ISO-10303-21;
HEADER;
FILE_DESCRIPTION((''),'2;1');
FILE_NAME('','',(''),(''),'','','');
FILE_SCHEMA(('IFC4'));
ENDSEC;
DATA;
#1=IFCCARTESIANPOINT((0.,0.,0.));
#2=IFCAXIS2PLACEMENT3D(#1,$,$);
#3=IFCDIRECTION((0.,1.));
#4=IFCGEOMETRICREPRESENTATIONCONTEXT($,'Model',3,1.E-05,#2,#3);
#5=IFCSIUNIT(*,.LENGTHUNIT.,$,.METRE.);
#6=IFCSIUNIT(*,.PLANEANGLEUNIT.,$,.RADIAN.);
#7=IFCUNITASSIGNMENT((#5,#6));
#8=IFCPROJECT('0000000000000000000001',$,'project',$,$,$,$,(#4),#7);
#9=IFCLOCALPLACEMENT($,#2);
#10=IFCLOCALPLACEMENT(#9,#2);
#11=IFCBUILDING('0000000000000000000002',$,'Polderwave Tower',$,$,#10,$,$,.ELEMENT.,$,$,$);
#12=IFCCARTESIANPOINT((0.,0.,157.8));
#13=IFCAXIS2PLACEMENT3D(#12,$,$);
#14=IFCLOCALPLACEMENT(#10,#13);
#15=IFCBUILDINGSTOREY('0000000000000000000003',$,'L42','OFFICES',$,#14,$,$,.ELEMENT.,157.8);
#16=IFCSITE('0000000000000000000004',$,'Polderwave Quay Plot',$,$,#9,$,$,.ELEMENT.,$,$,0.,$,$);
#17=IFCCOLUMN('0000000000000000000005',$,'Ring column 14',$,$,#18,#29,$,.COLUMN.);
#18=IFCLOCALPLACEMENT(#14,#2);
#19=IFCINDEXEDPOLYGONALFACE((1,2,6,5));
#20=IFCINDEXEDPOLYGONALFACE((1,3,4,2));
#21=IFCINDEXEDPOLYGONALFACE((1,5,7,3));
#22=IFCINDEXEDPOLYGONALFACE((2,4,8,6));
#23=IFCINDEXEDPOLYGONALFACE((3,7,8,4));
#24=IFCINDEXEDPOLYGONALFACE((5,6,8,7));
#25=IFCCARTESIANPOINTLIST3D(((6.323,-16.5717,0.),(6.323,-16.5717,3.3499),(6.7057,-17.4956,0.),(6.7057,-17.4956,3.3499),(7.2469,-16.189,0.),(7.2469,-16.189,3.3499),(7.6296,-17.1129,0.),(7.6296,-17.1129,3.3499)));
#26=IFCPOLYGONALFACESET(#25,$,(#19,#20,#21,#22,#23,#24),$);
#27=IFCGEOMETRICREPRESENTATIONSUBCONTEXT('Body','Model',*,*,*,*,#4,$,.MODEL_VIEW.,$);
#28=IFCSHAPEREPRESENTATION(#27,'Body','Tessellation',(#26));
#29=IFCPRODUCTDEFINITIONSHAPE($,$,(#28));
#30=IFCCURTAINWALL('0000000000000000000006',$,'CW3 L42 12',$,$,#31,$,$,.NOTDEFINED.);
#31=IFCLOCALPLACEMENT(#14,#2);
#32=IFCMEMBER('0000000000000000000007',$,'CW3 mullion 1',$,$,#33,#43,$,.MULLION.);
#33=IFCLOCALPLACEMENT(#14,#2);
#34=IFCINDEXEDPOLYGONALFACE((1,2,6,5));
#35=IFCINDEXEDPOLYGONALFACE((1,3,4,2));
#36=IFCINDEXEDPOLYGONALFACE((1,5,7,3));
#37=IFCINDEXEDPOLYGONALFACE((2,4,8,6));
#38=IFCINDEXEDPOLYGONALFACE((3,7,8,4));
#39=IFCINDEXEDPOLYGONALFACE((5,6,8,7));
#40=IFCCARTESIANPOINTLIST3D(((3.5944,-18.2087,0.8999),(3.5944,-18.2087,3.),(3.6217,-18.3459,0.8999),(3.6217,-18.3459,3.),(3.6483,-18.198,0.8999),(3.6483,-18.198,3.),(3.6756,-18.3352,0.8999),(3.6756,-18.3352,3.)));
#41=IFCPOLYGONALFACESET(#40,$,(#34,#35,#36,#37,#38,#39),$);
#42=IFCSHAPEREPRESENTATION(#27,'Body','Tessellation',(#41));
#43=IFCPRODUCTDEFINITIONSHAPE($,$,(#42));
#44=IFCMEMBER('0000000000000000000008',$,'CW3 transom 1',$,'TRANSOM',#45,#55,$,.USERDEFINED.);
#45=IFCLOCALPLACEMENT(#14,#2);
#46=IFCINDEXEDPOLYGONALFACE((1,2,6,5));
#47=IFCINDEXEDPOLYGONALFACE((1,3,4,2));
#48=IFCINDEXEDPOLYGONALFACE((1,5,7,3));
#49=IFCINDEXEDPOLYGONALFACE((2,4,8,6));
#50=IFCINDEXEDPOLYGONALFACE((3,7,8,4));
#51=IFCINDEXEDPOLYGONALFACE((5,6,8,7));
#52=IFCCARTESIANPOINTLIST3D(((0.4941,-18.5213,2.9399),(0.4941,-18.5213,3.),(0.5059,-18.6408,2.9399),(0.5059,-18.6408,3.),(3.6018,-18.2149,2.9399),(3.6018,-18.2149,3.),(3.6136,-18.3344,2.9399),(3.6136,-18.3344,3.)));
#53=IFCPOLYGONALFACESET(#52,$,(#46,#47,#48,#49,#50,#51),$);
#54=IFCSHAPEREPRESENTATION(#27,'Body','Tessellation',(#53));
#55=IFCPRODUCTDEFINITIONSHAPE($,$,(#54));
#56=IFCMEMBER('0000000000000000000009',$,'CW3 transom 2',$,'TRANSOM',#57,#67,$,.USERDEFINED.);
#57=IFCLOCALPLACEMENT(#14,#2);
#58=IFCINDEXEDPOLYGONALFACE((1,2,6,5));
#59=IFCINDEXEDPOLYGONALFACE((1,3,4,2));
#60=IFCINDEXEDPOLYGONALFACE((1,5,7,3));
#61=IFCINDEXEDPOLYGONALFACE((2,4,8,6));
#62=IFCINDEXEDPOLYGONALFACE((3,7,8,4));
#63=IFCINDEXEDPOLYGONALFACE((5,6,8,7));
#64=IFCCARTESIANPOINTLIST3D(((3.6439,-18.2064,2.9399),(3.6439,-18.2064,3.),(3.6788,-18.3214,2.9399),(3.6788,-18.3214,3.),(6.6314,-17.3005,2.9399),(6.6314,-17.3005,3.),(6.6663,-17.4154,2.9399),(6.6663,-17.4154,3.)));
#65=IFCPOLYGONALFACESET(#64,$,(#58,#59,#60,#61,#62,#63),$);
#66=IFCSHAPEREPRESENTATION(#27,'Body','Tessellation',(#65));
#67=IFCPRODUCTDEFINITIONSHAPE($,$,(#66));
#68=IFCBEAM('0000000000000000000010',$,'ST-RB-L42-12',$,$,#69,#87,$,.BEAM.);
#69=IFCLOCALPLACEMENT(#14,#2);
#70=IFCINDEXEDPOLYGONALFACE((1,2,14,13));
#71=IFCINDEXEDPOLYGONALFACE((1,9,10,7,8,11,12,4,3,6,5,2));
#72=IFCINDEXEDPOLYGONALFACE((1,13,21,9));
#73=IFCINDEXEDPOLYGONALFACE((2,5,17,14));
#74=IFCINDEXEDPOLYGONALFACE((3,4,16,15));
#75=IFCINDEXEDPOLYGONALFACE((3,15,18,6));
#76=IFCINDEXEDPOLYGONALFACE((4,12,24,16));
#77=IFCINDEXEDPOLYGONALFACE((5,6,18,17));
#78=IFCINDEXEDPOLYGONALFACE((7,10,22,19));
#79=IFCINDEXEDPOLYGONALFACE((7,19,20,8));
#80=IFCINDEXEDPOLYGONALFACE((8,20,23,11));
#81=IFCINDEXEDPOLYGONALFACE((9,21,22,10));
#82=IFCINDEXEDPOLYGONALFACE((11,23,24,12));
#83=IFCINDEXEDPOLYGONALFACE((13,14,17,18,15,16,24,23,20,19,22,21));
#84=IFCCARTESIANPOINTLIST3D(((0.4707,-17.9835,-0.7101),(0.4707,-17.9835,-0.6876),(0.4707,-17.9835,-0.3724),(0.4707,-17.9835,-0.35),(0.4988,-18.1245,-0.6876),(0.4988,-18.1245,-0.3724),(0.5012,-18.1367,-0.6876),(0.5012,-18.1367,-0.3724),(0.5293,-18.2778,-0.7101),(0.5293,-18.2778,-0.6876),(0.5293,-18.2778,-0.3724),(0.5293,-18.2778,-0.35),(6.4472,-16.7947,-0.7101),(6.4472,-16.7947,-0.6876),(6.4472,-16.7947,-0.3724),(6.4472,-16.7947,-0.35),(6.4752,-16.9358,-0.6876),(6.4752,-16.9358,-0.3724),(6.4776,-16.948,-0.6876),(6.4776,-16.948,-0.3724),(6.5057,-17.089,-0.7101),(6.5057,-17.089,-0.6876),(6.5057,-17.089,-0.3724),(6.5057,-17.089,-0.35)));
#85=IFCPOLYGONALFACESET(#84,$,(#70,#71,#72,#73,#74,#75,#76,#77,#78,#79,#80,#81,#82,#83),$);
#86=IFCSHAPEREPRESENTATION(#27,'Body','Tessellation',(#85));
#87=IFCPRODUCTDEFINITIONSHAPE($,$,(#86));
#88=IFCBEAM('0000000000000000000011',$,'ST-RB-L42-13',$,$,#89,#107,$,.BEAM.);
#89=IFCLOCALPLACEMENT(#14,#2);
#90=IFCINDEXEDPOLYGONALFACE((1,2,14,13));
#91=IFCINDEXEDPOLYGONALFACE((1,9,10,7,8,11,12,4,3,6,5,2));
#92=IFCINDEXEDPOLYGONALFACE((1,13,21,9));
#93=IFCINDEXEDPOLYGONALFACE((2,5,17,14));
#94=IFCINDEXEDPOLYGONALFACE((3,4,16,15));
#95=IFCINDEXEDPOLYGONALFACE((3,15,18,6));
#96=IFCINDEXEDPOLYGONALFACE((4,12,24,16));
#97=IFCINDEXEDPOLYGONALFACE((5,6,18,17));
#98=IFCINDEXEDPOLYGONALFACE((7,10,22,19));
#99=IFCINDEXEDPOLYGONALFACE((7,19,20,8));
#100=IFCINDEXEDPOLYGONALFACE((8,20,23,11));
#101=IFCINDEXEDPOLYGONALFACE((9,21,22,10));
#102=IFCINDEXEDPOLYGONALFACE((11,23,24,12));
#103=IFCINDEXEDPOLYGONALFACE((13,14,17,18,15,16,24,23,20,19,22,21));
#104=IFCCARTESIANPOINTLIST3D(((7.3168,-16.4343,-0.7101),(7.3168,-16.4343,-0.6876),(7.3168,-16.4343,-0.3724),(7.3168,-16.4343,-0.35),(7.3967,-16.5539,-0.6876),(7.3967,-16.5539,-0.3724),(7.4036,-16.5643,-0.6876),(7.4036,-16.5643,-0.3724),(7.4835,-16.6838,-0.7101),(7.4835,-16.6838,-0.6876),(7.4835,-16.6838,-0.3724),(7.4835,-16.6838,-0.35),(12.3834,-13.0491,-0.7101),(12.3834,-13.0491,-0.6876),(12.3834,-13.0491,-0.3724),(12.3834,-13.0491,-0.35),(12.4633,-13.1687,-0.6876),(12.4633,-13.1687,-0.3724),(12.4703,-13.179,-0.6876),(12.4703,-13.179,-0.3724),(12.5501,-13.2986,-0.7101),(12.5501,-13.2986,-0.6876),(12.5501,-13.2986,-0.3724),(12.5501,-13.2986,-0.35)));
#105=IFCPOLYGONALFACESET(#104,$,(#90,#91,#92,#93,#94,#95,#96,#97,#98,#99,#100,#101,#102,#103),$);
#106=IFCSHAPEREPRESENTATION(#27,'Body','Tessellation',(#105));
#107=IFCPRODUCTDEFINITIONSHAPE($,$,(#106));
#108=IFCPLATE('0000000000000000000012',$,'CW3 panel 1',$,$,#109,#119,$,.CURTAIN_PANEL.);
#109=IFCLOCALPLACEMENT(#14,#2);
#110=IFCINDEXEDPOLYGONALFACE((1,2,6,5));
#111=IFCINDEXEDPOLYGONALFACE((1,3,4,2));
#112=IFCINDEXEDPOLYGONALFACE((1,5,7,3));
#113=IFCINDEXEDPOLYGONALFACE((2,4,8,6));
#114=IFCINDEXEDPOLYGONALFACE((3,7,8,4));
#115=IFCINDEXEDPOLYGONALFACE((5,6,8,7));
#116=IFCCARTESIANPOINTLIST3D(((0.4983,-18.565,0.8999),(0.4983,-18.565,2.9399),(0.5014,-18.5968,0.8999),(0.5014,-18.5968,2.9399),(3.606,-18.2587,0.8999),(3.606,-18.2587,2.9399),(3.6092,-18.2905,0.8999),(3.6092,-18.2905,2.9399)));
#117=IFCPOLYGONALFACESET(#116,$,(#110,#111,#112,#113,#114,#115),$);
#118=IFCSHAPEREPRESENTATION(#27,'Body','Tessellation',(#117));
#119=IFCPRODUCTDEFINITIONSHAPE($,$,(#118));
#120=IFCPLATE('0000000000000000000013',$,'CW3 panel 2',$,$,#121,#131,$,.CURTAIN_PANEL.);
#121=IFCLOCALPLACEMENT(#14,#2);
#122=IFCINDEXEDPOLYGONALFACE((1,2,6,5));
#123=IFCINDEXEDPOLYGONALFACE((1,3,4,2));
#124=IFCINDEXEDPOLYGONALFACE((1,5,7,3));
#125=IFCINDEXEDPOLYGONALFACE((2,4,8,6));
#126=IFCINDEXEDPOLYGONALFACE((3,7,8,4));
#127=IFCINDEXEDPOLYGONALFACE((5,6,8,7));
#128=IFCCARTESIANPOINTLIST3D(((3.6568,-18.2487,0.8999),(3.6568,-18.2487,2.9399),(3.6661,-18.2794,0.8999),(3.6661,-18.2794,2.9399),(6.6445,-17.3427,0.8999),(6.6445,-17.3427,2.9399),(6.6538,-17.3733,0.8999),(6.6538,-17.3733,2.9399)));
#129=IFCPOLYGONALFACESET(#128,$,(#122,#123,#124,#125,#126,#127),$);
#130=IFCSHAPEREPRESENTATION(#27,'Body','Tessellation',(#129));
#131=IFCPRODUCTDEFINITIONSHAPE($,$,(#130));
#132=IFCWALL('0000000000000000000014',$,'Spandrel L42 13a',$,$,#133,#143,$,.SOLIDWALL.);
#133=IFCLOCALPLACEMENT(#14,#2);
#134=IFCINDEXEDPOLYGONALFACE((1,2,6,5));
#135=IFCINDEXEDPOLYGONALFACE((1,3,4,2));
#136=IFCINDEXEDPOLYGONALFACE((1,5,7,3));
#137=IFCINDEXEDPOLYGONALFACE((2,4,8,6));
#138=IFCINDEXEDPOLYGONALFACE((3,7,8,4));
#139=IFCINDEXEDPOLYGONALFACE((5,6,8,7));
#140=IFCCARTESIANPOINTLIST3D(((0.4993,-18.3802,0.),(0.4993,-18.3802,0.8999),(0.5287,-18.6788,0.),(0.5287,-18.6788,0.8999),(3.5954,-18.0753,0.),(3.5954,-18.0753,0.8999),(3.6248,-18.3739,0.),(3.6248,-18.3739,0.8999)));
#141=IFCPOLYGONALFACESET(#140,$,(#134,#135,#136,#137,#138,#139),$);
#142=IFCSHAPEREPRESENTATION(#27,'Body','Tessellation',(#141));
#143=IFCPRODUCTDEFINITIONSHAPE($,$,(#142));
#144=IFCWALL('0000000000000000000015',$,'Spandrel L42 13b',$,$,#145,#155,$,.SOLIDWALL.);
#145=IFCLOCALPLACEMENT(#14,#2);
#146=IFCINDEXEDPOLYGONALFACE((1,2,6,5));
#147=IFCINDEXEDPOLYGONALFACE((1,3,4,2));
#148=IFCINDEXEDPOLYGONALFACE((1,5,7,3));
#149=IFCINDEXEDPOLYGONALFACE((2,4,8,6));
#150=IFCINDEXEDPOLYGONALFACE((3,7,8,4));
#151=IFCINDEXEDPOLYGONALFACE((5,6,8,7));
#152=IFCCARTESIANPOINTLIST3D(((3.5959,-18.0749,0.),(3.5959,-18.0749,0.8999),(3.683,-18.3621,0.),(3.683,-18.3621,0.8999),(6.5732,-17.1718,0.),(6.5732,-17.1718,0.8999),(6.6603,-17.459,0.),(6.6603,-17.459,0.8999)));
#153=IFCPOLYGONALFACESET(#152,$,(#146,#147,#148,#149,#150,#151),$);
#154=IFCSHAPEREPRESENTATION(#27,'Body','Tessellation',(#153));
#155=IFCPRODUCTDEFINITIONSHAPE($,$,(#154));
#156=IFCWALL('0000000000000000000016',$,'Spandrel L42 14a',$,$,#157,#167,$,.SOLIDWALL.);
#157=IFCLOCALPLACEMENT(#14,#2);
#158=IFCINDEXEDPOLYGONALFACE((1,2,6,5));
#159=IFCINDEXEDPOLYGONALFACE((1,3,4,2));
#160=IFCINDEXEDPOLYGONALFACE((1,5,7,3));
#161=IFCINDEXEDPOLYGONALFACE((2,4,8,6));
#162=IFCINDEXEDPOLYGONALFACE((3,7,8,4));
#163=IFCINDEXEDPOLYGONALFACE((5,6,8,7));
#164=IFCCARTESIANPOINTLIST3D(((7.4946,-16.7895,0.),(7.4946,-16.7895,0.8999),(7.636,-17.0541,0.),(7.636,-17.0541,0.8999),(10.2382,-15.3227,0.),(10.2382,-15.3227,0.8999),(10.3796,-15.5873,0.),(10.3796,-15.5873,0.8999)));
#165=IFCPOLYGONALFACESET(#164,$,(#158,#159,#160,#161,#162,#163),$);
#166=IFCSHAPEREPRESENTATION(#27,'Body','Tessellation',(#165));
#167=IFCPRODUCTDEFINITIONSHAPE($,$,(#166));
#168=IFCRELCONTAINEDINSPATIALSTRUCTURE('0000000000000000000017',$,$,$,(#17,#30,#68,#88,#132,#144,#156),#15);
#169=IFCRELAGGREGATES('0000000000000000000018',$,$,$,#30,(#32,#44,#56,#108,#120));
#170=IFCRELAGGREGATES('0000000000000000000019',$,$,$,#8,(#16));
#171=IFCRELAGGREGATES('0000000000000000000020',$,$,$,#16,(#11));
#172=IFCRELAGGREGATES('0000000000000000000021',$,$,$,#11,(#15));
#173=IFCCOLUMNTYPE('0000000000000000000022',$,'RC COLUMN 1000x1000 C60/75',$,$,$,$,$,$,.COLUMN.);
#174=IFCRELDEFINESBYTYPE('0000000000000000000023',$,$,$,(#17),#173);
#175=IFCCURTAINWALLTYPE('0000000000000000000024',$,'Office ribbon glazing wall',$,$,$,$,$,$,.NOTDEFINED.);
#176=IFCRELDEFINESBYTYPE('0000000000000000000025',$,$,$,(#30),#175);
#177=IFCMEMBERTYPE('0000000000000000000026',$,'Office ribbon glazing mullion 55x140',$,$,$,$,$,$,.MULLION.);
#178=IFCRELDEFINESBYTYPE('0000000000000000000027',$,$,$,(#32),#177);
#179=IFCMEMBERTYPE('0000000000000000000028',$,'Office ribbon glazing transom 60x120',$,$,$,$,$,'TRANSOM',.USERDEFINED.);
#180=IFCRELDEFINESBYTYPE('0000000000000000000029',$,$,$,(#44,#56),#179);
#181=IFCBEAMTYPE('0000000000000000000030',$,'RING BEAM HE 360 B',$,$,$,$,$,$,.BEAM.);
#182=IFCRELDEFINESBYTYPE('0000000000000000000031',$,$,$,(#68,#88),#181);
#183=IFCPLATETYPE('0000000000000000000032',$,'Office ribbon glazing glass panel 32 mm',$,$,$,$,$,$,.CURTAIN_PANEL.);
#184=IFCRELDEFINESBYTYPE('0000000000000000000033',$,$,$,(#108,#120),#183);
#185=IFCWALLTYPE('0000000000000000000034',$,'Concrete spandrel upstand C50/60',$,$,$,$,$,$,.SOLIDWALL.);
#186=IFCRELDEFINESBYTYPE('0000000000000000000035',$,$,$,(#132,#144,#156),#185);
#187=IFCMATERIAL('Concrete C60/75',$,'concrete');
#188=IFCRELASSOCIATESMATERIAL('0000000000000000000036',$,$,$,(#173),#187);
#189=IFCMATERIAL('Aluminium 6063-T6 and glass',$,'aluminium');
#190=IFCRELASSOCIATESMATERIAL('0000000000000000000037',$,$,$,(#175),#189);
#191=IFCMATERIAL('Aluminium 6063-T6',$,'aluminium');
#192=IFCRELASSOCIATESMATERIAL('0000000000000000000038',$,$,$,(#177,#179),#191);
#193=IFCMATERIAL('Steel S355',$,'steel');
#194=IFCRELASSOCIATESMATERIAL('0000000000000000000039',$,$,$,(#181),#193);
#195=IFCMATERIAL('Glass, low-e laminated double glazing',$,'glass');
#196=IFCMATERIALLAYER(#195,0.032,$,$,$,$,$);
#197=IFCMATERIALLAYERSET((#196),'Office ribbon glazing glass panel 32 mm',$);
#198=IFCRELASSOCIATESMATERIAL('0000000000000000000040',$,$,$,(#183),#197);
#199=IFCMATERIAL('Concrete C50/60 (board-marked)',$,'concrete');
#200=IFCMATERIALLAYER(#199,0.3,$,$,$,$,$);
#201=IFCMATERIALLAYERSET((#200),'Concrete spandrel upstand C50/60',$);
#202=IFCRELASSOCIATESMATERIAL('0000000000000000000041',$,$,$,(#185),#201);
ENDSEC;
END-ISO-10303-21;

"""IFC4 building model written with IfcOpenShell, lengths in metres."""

from ifc_helpers import new_model, si_unit, direction, frame, frame_2d, origin, origin_2d, place, context, subcontext, project, spatial, rectangle, i_section, extrude, material, layer, layer_set, material_profile, profile_set, type_object, element, aggregate, save


model = new_model("IFC4")

# Units and contexts
model_context = context("Model", 3, precision=1e-05, world=origin(), true_north=direction((0.0, 1.0)))
body_context = subcontext(model_context, "Body", "Model", "MODEL_VIEW")
ifc_project = project(units=[si_unit("LENGTHUNIT", "METRE"), si_unit("PLANEANGLEUNIT", "RADIAN")], contexts=[model_context])

# Site, building, storey
site_placement = place(None, origin())
site = spatial("IfcSite", under=ifc_project, at=site_placement, Name="Polderwave Quay Plot", CompositionType="ELEMENT", RefElevation=0.0)
building_placement = place(site_placement, origin())
building = spatial("IfcBuilding", under=site, at=building_placement, Name="Polderwave Tower", CompositionType="ELEMENT")
storey_placement = place(building_placement, frame((0.0, 0.0, 157.8)))
storey = spatial("IfcBuildingStorey", under=building, at=storey_placement, Name="L42", Description="OFFICES", CompositionType="ELEMENT", Elevation=157.8)

# Column
ifc_material_1 = material(Name="Concrete C60/75", Category="concrete")
ifc_material_profile_1 = material_profile(ifc_material_1, rectangle(XDim=1.0, YDim=1.0, at=origin_2d()), Name="RC 1000x1000")
ifc_profile_set_1 = profile_set([ifc_material_profile_1], Name="Concrete C60/75")
column_type = type_object("IfcColumnType", Name="RC COLUMN 1000x1000 C60/75", PredefinedType="COLUMN", material=ifc_profile_set_1)
column_placement = place(storey_placement, frame((6.9763, -16.8423, 0.0), z_axis=(0.0, 0.0, 1.0), x_axis=(0.382683, -0.92388, 0.0)))
element("IfcColumn", 1, at=column_placement, inside=storey, type_object=column_type, Name="Ring column 14", PredefinedType="COLUMN", context=body_context, shape_type="SweptSolid", body=[
    extrude(rectangle(XDim=1.0, YDim=1.0, at=origin_2d()), origin(), (0.0, 0.0, 1.0), 3.3499),
])

# Curtain wall, members
ifc_material_2 = material(Name="Aluminium 6063-T6 and glass", Category="aluminium")
curtain_wall_type = type_object("IfcCurtainWallType", Name="Office ribbon glazing wall", PredefinedType="NOTDEFINED", material=ifc_material_2)
curtain_wall_placement = place(storey_placement, origin())
curtain_wall = element("IfcCurtainWall", 2, at=curtain_wall_placement, inside=storey, type_object=curtain_wall_type, Name="CW3 L42 12", PredefinedType="NOTDEFINED")
ifc_material_3 = material(Name="Aluminium 6063-T6", Category="aluminium")
ifc_material_profile_2 = material_profile(ifc_material_3, rectangle(XDim=0.1399, YDim=0.0549, at=origin_2d()), Name="AL 55x140")
ifc_profile_set_2 = profile_set([ifc_material_profile_2], Name="Aluminium 6063-T6")
member_type_1 = type_object("IfcMemberType", Name="Office ribbon glazing mullion 55x140", PredefinedType="MULLION", material=ifc_profile_set_2)
member_1_placement = place(storey_placement, frame((3.635, -18.272, 0.8999), z_axis=(0.0, 0.0, 1.0), x_axis=(-0.195083, 0.980787, 0.0)))
member_1 = element("IfcMember", 3, at=member_1_placement, type_object=member_type_1, Name="CW3 mullion 1", PredefinedType="MULLION", context=body_context, shape_type="SweptSolid", body=[
    extrude(rectangle(XDim=0.1399, YDim=0.0549, at=origin_2d()), origin(), (0.0, 0.0, 1.0), 2.1001),
])
ifc_material_profile_3 = material_profile(ifc_material_3, rectangle(XDim=0.1201, YDim=0.0601, at=origin_2d()), Name="AL 60x120")
ifc_profile_set_3 = profile_set([ifc_material_profile_3], Name="Aluminium 6063-T6")
member_type_2 = type_object("IfcMemberType", Name="Office ribbon glazing transom 60x120", ElementType="TRANSOM", PredefinedType="USERDEFINED", material=ifc_profile_set_3)
member_2_placement = place(storey_placement, frame((0.5, -18.5811, 2.97), z_axis=(0.995175, 0.098118, 0.0), x_axis=(-0.098118, 0.995175, 0.0)))
member_2 = element("IfcMember", 4, at=member_2_placement, type_object=member_type_2, Name="CW3 transom 1", ObjectType="TRANSOM", PredefinedType="USERDEFINED", context=body_context, shape_type="SweptSolid", body=[
    extrude(rectangle(XDim=0.1201, YDim=0.0601, at=origin_2d()), origin(), (0.0, 0.0, 1.0), 3.1228),
])
member_3_placement = place(storey_placement, frame((3.6614, -18.2639, 2.97), z_axis=(0.956963, 0.290209, 0.0), x_axis=(-0.290209, 0.956963, 0.0)))
member_3 = element("IfcMember", 5, at=member_3_placement, type_object=member_type_2, Name="CW3 transom 2", ObjectType="TRANSOM", PredefinedType="USERDEFINED", context=body_context, shape_type="SweptSolid", body=[
    extrude(rectangle(XDim=0.1201, YDim=0.0601, at=origin_2d()), origin(), (0.0, 0.0, 1.0), 3.1218),
])

# Beams
ifc_material_4 = material(Name="Steel S355", Category="steel")
ifc_material_profile_4 = material_profile(ifc_material_4, i_section(OverallWidth=0.3, OverallDepth=0.3601, WebThickness=0.0125, FlangeThickness=0.0225, at=origin_2d()), Name="HE 360 B")
ifc_profile_set_4 = profile_set([ifc_material_profile_4], Name="Steel S355")
beam_type = type_object("IfcBeamType", Name="RING BEAM HE 360 B", PredefinedType="BEAM", material=ifc_profile_set_4)
for number, where, z_axis, x_axis, name in (
    (6, (0.5, -18.1306, -0.53), (0.980787, 0.195084, 0.0), (-0.195084, 0.980787, 0.0), "ST-RB-L42-12"),
    (7, (7.4001, -16.5591, -0.53), (0.831483, 0.555551, 0.0), (-0.555551, 0.831483, 0.0), "ST-RB-L42-13"),
):
    element("IfcBeam", number, at=place(storey_placement, frame(where, z_axis=z_axis, x_axis=x_axis)), inside=storey, type_object=beam_type, Name=name, PredefinedType="BEAM", context=body_context, shape_type="SweptSolid", body=[
        extrude(i_section(OverallWidth=0.3, OverallDepth=0.3601, WebThickness=0.0125, FlangeThickness=0.0225, at=origin_2d()), origin(), (0.0, 0.0, 1.0), 6.0935),
    ])

# Plates
ifc_material_5 = material(Name="Glass, low-e laminated double glazing", Category="glass")
ifc_layer_1 = layer(ifc_material_5, 0.032)
ifc_layer_set_1 = layer_set([ifc_layer_1], Name="Office ribbon glazing glass panel 32 mm")
plate_type = type_object("IfcPlateType", Name="Office ribbon glazing glass panel 32 mm", PredefinedType="CURTAIN_PANEL", material=ifc_layer_set_1)
plate_1_placement = place(storey_placement, frame((2.0537, -18.4277, 0.8999), z_axis=(0.0, 0.0, 1.0), x_axis=(0.995178, 0.09809, 0.0)))
plate_1 = element("IfcPlate", 8, at=plate_1_placement, type_object=plate_type, Name="CW3 panel 1", PredefinedType="CURTAIN_PANEL", context=body_context, shape_type="SweptSolid", body=[
    extrude(rectangle(XDim=3.1228, YDim=0.032, at=origin_2d()), origin(), (0.0, 0.0, 1.0), 2.04),
])
plate_2_placement = place(storey_placement, frame((5.1553, -17.811, 0.8999), z_axis=(0.0, 0.0, 1.0), x_axis=(0.956966, 0.290201, 0.0)))
plate_2 = element("IfcPlate", 9, at=plate_2_placement, type_object=plate_type, Name="CW3 panel 2", PredefinedType="CURTAIN_PANEL", context=body_context, shape_type="SweptSolid", body=[
    extrude(rectangle(XDim=3.1221, YDim=0.032, at=origin_2d()), origin(), (0.0, 0.0, 1.0), 2.04),
])
aggregate(curtain_wall, [member_1, member_2, member_3, plate_1, plate_2])

# Walls
ifc_material_6 = material(Name="Concrete C50/60 (board-marked)", Category="concrete")
ifc_layer_2 = layer(ifc_material_6, 0.3)
ifc_layer_set_2 = layer_set([ifc_layer_2], Name="Concrete spandrel upstand C50/60")
wall_type_1 = type_object("IfcWallType", Name="Concrete spandrel upstand C50/60", PredefinedType="SOLIDWALL", material=ifc_layer_set_2)
wall_1_placement = place(storey_placement, frame((0.5139, -18.5295, 0.0), z_axis=(0.0, 0.0, 1.0), x_axis=(0.995185, 0.098012, 0.0)))
element("IfcWall", 10, at=wall_1_placement, inside=storey, type_object=wall_type_1, Name="Spandrel L42 13a", PredefinedType="SOLIDWALL", context=body_context, shape_type="SweptSolid", body=[
    extrude(rectangle(XDim=3.1111, YDim=0.3, at=frame_2d((1.5557, 0.0))), origin(), (0.0, 0.0, 1.0), 0.8999),
])
wall_2_placement = place(storey_placement, frame((3.6394, -18.2185, 0.0), z_axis=(0.0, 0.0, 1.0), x_axis=(0.956947, 0.290262, 0.0)))
element("IfcWall", 11, at=wall_2_placement, inside=storey, type_object=wall_type_1, Name="Spandrel L42 13b", PredefinedType="SOLIDWALL", context=body_context, shape_type="SweptSolid", body=[
    extrude(rectangle(XDim=3.1113, YDim=0.3, at=frame_2d((1.5557, 0.0))), origin(), (0.0, 0.0, 1.0), 0.8999),
])
wall_3_placement = place(storey_placement, frame((7.5652, -16.9219, 0.0), z_axis=(0.0, 0.0, 1.0), x_axis=(0.881883, 0.471468, 0.0)))
element("IfcWall", 12, at=wall_3_placement, inside=storey, type_object=wall_type_1, Name="Spandrel L42 14a", PredefinedType="SOLIDWALL", context=body_context, shape_type="SweptSolid", body=[
    extrude(rectangle(XDim=3.1111, YDim=0.3, at=frame_2d((1.5557, 0.0))), origin(), (0.0, 0.0, 1.0), 0.8999),
])

save(model, "model.ifc")
